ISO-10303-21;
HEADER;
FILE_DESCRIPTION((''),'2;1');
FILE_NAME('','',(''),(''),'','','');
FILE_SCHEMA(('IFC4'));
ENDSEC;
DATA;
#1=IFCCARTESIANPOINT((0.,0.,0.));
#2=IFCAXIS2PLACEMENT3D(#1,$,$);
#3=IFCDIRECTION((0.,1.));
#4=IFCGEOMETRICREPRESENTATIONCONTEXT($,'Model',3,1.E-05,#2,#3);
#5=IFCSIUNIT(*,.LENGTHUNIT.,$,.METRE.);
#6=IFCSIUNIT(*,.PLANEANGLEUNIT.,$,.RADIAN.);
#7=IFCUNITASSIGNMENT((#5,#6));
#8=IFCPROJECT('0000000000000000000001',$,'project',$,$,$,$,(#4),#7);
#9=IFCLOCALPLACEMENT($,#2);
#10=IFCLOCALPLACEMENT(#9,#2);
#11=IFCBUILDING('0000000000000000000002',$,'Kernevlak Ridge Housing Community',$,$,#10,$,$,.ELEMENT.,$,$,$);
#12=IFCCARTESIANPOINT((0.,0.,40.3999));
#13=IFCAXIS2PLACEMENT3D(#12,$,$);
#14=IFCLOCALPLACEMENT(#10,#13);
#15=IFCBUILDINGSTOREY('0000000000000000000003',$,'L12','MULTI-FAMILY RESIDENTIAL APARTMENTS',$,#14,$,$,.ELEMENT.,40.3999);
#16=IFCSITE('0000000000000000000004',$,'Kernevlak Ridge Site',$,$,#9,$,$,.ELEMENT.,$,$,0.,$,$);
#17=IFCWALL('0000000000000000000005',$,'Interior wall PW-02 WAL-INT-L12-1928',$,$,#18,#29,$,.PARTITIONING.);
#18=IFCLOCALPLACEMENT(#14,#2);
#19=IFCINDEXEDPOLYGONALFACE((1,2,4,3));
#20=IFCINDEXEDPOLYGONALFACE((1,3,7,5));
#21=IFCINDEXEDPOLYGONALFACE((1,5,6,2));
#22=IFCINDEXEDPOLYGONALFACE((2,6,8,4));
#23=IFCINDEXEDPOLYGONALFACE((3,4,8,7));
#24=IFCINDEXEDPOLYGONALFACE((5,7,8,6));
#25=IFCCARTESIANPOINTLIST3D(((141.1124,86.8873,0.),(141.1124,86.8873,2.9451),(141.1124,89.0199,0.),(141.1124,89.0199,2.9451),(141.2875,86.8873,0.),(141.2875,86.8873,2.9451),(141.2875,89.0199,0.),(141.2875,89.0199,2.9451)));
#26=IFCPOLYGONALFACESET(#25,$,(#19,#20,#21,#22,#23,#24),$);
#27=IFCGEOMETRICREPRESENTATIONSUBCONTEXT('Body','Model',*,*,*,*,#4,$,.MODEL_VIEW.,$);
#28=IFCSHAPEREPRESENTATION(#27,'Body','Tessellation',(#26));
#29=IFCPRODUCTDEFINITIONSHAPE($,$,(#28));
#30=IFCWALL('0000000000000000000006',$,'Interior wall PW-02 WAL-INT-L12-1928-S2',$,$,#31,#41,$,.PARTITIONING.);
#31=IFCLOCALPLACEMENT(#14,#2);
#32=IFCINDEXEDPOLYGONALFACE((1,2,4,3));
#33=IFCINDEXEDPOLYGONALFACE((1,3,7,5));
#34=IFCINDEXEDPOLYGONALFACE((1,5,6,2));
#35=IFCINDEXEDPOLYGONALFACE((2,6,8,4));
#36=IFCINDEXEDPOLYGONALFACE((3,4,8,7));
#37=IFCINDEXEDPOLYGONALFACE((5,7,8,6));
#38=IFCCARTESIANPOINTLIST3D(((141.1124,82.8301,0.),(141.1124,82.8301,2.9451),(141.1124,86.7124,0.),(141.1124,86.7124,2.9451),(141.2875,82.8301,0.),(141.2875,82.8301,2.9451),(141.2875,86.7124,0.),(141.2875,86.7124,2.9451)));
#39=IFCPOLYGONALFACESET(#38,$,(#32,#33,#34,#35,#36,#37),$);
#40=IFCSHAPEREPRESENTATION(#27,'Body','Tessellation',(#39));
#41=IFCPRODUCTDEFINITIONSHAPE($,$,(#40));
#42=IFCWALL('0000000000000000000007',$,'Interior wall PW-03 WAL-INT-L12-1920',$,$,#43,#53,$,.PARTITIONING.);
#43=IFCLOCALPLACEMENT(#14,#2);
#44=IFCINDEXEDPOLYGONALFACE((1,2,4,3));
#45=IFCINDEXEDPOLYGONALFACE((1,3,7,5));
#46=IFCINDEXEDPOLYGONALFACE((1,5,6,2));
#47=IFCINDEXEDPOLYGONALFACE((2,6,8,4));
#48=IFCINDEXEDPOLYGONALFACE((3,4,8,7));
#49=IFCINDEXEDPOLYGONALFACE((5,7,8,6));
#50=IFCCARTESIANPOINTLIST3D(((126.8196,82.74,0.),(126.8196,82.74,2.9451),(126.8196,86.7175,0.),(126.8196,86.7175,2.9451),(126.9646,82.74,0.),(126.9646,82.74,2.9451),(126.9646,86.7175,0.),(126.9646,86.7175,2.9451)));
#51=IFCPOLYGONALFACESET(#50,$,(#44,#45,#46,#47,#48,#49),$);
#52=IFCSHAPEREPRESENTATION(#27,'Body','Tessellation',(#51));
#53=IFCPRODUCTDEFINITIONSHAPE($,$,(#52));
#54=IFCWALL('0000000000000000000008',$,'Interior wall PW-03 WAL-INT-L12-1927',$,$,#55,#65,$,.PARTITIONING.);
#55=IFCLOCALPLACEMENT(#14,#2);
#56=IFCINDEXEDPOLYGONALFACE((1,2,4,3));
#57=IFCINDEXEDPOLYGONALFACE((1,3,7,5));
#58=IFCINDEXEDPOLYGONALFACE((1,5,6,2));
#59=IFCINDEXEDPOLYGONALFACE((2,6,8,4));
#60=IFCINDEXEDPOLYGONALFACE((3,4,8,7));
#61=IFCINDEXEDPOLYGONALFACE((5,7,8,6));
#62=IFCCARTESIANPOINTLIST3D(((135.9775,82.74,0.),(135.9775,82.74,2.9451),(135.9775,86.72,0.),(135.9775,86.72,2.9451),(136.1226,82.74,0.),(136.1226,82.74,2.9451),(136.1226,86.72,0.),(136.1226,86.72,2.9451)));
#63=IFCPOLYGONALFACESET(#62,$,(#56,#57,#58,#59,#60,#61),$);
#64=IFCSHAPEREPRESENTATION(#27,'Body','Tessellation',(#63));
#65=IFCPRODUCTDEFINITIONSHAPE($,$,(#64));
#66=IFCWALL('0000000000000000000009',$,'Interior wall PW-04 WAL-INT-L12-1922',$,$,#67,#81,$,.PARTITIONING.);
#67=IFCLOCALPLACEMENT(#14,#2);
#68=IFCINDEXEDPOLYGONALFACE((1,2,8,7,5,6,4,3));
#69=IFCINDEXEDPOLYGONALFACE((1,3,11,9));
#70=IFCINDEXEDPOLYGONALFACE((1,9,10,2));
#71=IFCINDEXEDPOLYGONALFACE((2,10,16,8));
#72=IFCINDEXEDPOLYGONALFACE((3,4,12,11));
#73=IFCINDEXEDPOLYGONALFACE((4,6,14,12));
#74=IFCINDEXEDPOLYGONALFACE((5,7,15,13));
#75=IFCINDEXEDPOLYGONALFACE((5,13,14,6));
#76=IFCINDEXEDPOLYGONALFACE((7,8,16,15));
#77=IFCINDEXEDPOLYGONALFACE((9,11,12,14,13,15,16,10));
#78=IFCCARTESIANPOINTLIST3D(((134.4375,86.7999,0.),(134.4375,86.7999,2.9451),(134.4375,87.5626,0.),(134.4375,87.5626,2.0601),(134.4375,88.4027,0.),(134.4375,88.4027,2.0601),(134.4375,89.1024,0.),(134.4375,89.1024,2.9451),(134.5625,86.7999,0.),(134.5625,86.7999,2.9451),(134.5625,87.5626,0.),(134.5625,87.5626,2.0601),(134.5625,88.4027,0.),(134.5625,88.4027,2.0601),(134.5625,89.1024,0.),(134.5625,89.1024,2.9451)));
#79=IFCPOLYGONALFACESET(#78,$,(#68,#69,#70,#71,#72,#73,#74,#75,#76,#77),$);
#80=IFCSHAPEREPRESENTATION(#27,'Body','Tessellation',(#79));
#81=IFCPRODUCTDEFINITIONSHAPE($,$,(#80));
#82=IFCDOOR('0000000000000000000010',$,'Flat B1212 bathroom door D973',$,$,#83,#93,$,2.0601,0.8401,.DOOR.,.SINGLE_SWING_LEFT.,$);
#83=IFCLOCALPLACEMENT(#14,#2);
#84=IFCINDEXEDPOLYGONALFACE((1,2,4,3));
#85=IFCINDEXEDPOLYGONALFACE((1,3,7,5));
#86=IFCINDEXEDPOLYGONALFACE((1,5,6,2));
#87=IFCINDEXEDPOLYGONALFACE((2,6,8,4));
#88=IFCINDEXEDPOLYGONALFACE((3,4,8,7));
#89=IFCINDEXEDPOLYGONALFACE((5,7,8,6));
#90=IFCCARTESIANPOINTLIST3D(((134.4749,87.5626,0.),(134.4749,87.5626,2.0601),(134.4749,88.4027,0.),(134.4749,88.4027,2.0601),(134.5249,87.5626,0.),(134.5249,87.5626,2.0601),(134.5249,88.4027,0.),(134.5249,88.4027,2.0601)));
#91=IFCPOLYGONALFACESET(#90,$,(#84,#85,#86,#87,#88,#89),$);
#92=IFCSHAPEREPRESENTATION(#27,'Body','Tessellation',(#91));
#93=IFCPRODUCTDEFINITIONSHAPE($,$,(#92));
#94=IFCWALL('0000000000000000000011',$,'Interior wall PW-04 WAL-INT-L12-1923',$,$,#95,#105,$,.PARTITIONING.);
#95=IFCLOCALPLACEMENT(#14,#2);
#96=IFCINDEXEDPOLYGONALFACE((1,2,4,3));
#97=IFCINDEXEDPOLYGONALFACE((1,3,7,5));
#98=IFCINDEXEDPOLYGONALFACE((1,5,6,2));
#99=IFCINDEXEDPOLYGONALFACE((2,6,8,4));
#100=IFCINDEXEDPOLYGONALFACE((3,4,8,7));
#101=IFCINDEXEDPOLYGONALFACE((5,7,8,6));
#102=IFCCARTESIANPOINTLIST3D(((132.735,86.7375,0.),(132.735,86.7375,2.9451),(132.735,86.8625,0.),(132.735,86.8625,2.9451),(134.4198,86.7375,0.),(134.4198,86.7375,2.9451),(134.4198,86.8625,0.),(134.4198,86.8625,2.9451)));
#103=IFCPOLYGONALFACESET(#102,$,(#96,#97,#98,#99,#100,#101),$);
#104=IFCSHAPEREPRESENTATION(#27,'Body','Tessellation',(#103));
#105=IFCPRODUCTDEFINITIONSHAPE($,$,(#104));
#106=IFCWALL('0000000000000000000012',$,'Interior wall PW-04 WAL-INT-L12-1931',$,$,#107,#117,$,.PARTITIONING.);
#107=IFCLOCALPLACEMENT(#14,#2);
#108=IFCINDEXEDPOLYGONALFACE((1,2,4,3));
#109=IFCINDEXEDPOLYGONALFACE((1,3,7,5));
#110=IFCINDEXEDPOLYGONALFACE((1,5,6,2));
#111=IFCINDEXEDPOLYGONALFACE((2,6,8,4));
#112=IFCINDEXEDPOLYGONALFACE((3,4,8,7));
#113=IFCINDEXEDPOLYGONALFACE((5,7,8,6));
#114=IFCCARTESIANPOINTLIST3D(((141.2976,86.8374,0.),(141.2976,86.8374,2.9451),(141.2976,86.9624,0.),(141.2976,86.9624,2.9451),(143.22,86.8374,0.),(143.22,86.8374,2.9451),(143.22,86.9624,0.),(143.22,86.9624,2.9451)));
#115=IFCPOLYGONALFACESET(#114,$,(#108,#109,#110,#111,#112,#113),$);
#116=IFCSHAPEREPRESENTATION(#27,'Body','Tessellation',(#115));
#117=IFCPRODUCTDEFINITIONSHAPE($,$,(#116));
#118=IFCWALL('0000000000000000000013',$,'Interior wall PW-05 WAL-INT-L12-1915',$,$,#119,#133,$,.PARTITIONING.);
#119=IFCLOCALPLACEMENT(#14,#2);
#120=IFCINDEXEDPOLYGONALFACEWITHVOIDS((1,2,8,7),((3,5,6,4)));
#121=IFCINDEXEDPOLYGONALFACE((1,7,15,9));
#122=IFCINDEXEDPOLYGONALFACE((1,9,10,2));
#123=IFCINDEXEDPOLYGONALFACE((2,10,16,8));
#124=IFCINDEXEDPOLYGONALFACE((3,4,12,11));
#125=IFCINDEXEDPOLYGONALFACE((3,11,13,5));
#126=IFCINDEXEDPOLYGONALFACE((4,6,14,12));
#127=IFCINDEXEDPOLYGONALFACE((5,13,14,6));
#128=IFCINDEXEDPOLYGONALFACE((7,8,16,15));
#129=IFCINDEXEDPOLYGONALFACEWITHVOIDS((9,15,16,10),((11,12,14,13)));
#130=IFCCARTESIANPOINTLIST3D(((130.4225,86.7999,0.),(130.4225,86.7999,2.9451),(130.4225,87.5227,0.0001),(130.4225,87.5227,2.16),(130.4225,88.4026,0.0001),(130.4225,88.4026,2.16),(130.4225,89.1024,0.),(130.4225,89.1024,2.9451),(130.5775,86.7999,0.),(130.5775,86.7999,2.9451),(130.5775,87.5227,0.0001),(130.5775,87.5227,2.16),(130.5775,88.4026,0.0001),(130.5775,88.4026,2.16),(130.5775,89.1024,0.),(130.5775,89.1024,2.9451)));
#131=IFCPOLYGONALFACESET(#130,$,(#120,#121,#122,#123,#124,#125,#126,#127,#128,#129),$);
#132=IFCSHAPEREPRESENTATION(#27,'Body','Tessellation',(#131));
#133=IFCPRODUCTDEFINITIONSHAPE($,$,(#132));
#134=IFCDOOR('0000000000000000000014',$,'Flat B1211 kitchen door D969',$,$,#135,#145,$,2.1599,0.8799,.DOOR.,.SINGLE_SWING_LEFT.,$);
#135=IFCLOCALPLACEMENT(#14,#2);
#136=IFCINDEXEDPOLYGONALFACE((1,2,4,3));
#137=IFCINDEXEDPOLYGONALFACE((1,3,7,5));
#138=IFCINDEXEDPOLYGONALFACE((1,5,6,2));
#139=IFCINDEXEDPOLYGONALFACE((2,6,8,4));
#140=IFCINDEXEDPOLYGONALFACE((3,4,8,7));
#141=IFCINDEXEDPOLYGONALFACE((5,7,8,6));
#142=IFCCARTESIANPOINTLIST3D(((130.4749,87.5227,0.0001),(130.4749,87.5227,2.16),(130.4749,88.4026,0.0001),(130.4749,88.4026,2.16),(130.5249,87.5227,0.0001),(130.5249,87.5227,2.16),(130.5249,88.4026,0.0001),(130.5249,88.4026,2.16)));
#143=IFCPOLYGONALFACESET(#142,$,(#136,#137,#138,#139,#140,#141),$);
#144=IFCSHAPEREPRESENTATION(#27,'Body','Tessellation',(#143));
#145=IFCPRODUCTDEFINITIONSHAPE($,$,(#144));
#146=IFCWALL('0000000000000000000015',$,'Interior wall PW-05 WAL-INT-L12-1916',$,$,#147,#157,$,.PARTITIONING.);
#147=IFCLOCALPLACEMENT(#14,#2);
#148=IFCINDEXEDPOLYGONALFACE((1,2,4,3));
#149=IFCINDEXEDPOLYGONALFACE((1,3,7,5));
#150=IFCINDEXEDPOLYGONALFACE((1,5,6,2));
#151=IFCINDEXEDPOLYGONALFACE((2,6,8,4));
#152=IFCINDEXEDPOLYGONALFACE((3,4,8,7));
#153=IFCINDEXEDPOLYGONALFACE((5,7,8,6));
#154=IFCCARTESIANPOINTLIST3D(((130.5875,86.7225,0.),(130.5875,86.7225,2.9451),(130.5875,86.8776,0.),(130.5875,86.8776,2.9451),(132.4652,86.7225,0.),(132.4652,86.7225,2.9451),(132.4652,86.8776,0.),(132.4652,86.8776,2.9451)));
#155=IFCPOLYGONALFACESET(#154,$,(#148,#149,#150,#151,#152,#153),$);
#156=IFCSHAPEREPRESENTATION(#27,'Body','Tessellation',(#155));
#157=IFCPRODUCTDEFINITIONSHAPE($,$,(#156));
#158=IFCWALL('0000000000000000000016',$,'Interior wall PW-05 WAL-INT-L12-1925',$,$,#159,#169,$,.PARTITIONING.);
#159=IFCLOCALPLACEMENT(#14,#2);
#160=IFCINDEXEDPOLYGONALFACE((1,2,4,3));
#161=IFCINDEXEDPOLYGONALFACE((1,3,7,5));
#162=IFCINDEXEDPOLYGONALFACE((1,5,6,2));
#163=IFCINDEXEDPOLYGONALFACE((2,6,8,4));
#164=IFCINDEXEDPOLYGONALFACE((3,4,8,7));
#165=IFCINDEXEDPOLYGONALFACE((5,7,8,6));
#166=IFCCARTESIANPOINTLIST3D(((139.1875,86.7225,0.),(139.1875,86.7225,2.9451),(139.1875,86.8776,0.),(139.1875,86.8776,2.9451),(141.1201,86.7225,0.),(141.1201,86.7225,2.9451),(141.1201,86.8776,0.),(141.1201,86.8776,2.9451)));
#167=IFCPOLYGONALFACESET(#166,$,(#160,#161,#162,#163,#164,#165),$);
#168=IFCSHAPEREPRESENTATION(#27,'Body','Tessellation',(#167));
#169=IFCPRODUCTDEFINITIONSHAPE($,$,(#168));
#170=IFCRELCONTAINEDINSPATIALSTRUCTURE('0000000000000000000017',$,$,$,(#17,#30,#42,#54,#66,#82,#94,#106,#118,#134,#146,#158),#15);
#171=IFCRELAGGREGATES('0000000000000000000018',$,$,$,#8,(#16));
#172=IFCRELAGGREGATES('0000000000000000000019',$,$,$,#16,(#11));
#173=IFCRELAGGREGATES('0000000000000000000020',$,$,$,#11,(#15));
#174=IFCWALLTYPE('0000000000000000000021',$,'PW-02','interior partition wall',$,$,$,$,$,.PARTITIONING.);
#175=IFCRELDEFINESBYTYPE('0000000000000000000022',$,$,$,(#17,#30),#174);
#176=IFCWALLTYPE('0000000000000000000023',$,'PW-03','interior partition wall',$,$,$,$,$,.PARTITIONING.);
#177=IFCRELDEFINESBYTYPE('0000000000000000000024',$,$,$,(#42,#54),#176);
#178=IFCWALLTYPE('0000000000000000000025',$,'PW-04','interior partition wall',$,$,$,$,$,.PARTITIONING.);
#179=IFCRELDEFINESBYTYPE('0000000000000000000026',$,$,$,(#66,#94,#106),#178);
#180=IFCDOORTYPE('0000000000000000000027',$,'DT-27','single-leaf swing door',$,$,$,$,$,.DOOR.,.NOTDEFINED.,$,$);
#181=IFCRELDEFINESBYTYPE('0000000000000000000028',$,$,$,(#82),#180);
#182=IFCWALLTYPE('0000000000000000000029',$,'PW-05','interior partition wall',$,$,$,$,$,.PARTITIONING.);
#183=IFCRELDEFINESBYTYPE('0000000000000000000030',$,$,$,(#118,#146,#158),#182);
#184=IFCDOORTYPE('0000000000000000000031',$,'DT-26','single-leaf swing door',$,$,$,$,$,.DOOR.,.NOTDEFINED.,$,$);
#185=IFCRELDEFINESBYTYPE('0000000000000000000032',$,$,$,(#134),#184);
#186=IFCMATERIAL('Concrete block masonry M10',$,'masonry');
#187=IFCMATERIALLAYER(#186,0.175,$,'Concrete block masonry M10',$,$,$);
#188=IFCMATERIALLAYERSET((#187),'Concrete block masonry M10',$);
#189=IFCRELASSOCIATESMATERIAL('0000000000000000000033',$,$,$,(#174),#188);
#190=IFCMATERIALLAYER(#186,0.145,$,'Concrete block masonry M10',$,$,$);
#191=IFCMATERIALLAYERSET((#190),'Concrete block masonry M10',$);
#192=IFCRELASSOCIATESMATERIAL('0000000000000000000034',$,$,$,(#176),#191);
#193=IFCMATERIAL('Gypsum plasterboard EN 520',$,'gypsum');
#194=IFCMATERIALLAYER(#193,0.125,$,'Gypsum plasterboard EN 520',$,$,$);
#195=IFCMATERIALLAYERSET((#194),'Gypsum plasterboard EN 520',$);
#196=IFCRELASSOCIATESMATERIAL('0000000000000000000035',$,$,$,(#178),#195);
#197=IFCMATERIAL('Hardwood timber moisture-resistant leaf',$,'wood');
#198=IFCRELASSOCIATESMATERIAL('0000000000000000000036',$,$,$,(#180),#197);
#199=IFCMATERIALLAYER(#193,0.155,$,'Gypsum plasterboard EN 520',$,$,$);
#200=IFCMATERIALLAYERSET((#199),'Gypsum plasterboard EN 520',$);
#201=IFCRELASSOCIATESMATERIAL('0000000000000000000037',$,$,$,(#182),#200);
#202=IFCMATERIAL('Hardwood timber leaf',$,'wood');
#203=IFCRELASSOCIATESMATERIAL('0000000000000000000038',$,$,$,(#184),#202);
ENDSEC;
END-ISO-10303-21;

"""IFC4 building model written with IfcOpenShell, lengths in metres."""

from ifc_helpers import new_model, si_unit, direction, frame, frame_2d, origin, place, context, subcontext, project, spatial, rectangle, extrude, material, layer, layer_set, type_object, element, fill, save


model = new_model("IFC4")

# Units and contexts
model_context = context("Model", 3, precision=1e-05, world=origin(), true_north=direction((0.0, 1.0)))
body_context = subcontext(model_context, "Body", "Model", "MODEL_VIEW")
ifc_project = project(units=[si_unit("LENGTHUNIT", "METRE"), si_unit("PLANEANGLEUNIT", "RADIAN")], contexts=[model_context])

# Site, building, storey
site_placement = place(None, origin())
site = spatial("IfcSite", under=ifc_project, at=site_placement, Name="Kernevlak Ridge Site", CompositionType="ELEMENT", RefElevation=0.0)
building_placement = place(site_placement, origin())
building = spatial("IfcBuilding", under=site, at=building_placement, Name="Kernevlak Ridge Housing Community", CompositionType="ELEMENT")
storey_placement = place(building_placement, frame((0.0, 0.0, 40.3999)))
storey = spatial("IfcBuildingStorey", under=building, at=storey_placement, Name="L12", Description="MULTI-FAMILY RESIDENTIAL APARTMENTS", CompositionType="ELEMENT", Elevation=40.3999)

# Walls
ifc_material_1 = material(Name="Concrete block masonry M10", Category="masonry")
ifc_layer_1 = layer(ifc_material_1, 0.175, Name="Concrete block masonry M10")
ifc_layer_set_1 = layer_set([ifc_layer_1], Name="Concrete block masonry M10")
wall_type_1 = type_object("IfcWallType", Name="PW-02", Description="interior partition wall", PredefinedType="PARTITIONING", material=ifc_layer_set_1)
wall_1_placement = place(storey_placement, frame((141.2, 89.02, 0.0), z_axis=(0.0, 0.0, 1.0), x_axis=(0.0, -1.0, 0.0)))
element("IfcWall", 1, at=wall_1_placement, inside=storey, type_object=wall_type_1, Name="Interior wall PW-02 WAL-INT-L12-1928", PredefinedType="PARTITIONING", context=body_context, shape_type="SweptSolid", body=[
    extrude(rectangle(XDim=2.1326, YDim=0.175, at=frame_2d((1.0664, 0.0))), origin(), (0.0, 0.0, 1.0), 2.9451),
])
wall_2_placement = place(storey_placement, frame((141.2, 86.7124, 0.0), z_axis=(0.0, 0.0, 1.0), x_axis=(0.0, -1.0, 0.0)))
element("IfcWall", 2, at=wall_2_placement, inside=storey, type_object=wall_type_1, Name="Interior wall PW-02 WAL-INT-L12-1928-S2", PredefinedType="PARTITIONING", context=body_context, shape_type="SweptSolid", body=[
    extrude(rectangle(XDim=3.8823, YDim=0.175, at=frame_2d((1.9412, 0.0))), origin(), (0.0, 0.0, 1.0), 2.9451),
])
ifc_layer_2 = layer(ifc_material_1, 0.145, Name="Concrete block masonry M10")
ifc_layer_set_2 = layer_set([ifc_layer_2], Name="Concrete block masonry M10")
wall_type_2 = type_object("IfcWallType", Name="PW-03", Description="interior partition wall", PredefinedType="PARTITIONING", material=ifc_layer_set_2)
wall_3_placement = place(storey_placement, frame((126.8921, 86.7175, 0.0), z_axis=(0.0, 0.0, 1.0), x_axis=(0.0, -1.0, 0.0)))
element("IfcWall", 3, at=wall_3_placement, inside=storey, type_object=wall_type_2, Name="Interior wall PW-03 WAL-INT-L12-1920", PredefinedType="PARTITIONING", context=body_context, shape_type="SweptSolid", body=[
    extrude(rectangle(XDim=3.9775, YDim=0.145, at=frame_2d((1.9888, 0.0))), origin(), (0.0, 0.0, 1.0), 2.9451),
])
wall_4_placement = place(storey_placement, frame((136.05, 86.72, 0.0), z_axis=(0.0, 0.0, 1.0), x_axis=(0.0, -1.0, 0.0)))
element("IfcWall", 4, at=wall_4_placement, inside=storey, type_object=wall_type_2, Name="Interior wall PW-03 WAL-INT-L12-1927", PredefinedType="PARTITIONING", context=body_context, shape_type="SweptSolid", body=[
    extrude(rectangle(XDim=3.98, YDim=0.145, at=frame_2d((1.99, 0.0))), origin(), (0.0, 0.0, 1.0), 2.9451),
])

# Wall, opening, door
ifc_material_2 = material(Name="Gypsum plasterboard EN 520", Category="gypsum")
ifc_layer_3 = layer(ifc_material_2, 0.125, Name="Gypsum plasterboard EN 520")
ifc_layer_set_3 = layer_set([ifc_layer_3], Name="Gypsum plasterboard EN 520")
wall_type_3 = type_object("IfcWallType", Name="PW-04", Description="interior partition wall", PredefinedType="PARTITIONING", material=ifc_layer_set_3)
wall_5_placement = place(storey_placement, frame((134.5, 89.1025, 0.0), z_axis=(0.0, 0.0, 1.0), x_axis=(0.0, -1.0, 0.0)))
wall_5 = element("IfcWall", 5, at=wall_5_placement, inside=storey, type_object=wall_type_3, Name="Interior wall PW-04 WAL-INT-L12-1922", PredefinedType="PARTITIONING", context=body_context, shape_type="SweptSolid", body=[
    extrude(rectangle(XDim=2.3025, YDim=0.125, at=frame_2d((1.1514, 0.0))), origin(), (0.0, 0.0, 1.0), 2.9451),
])
opening_1_placement = place(wall_5_placement, frame((0.7, 0.0, 0.0)))
opening_1 = element("IfcOpeningElement", 6, at=opening_1_placement, cuts=wall_5, PredefinedType="OPENING", context=body_context, shape_type="SweptSolid", body=[
    extrude(rectangle(XDim=0.8401, YDim=2.0601, at=frame_2d((0.4199, 1.03))), frame((0.0, 0.0725, 0.0), z_axis=(0.0, -1.0, 0.0), x_axis=(1.0, 0.0, 0.0)), (0.0, 0.0, 1.0), 0.145),
])
ifc_material_3 = material(Name="Hardwood timber moisture-resistant leaf", Category="wood")
door_type_1 = type_object("IfcDoorType", Name="DT-27", Description="single-leaf swing door", OperationType="NOTDEFINED", PredefinedType="DOOR", material=ifc_material_3)
door_1_placement = place(opening_1_placement, origin())
door_1 = element("IfcDoor", 7, at=door_1_placement, inside=storey, type_object=door_type_1, Name="Flat B1212 bathroom door D973", OperationType="SINGLE_SWING_LEFT", OverallHeight=2.0601, OverallWidth=0.8401, PredefinedType="DOOR", context=body_context, shape_type="SweptSolid", body=[
    extrude(rectangle(XDim=0.8401, YDim=2.0601, at=frame_2d((0.4199, 1.03))), frame((0.0, 0.0249, 0.0), z_axis=(0.0, -1.0, 0.0), x_axis=(1.0, 0.0, 0.0)), (0.0, 0.0, 1.0), 0.05),
])
fill(opening_1, door_1)

# Walls
wall_6_placement = place(storey_placement, frame((132.7351, 86.8, 0.0), z_axis=(0.0, 0.0, 1.0), x_axis=(1.0, 0.0, 0.0)))
element("IfcWall", 8, at=wall_6_placement, inside=storey, type_object=wall_type_3, Name="Interior wall PW-04 WAL-INT-L12-1923", PredefinedType="PARTITIONING", context=body_context, shape_type="SweptSolid", body=[
    extrude(rectangle(XDim=1.6848, YDim=0.125, at=frame_2d((0.8423, 0.0))), origin(), (0.0, 0.0, 1.0), 2.9451),
])
wall_7_placement = place(storey_placement, frame((141.2976, 86.8999, 0.0), z_axis=(0.0, 0.0, 1.0), x_axis=(1.0, 0.0, 0.0)))
element("IfcWall", 9, at=wall_7_placement, inside=storey, type_object=wall_type_3, Name="Interior wall PW-04 WAL-INT-L12-1931", PredefinedType="PARTITIONING", context=body_context, shape_type="SweptSolid", body=[
    extrude(rectangle(XDim=1.9224, YDim=0.125, at=frame_2d((0.9612, 0.0))), origin(), (0.0, 0.0, 1.0), 2.9451),
])

# Wall, opening, door
ifc_layer_4 = layer(ifc_material_2, 0.155, Name="Gypsum plasterboard EN 520")
ifc_layer_set_4 = layer_set([ifc_layer_4], Name="Gypsum plasterboard EN 520")
wall_type_4 = type_object("IfcWallType", Name="PW-05", Description="interior partition wall", PredefinedType="PARTITIONING", material=ifc_layer_set_4)
wall_8_placement = place(storey_placement, frame((130.5, 89.1025, 0.0), z_axis=(0.0, 0.0, 1.0), x_axis=(0.0, -1.0, 0.0)))
wall_8 = element("IfcWall", 10, at=wall_8_placement, inside=storey, type_object=wall_type_4, Name="Interior wall PW-05 WAL-INT-L12-1915", PredefinedType="PARTITIONING", context=body_context, shape_type="SweptSolid", body=[
    extrude(rectangle(XDim=2.3025, YDim=0.155, at=frame_2d((1.1514, 0.0))), origin(), (0.0, 0.0, 1.0), 2.9451),
])
opening_2_placement = place(wall_8_placement, frame((0.7, 0.0, 0.0)))
opening_2 = element("IfcOpeningElement", 11, at=opening_2_placement, cuts=wall_8, PredefinedType="OPENING", context=body_context, shape_type="SweptSolid", body=[
    extrude(rectangle(XDim=0.8799, YDim=2.1599, at=frame_2d((0.4399, 1.0801))), frame((0.0, 0.0874, 0.0), z_axis=(0.0, -1.0, 0.0), x_axis=(1.0, 0.0, 0.0)), (0.0, 0.0, 1.0), 0.175),
])
ifc_material_4 = material(Name="Hardwood timber leaf", Category="wood")
door_type_2 = type_object("IfcDoorType", Name="DT-26", Description="single-leaf swing door", OperationType="NOTDEFINED", PredefinedType="DOOR", material=ifc_material_4)
door_2_placement = place(opening_2_placement, origin())
door_2 = element("IfcDoor", 12, at=door_2_placement, inside=storey, type_object=door_type_2, Name="Flat B1211 kitchen door D969", OperationType="SINGLE_SWING_LEFT", OverallHeight=2.1599, OverallWidth=0.8799, PredefinedType="DOOR", context=body_context, shape_type="SweptSolid", body=[
    extrude(rectangle(XDim=0.8799, YDim=2.1599, at=frame_2d((0.4399, 1.0801))), frame((0.0, 0.0249, 0.0), z_axis=(0.0, -1.0, 0.0), x_axis=(1.0, 0.0, 0.0)), (0.0, 0.0, 1.0), 0.05),
])
fill(opening_2, door_2)

# Walls
wall_9_placement = place(storey_placement, frame((130.5874, 86.8, 0.0), z_axis=(0.0, 0.0, 1.0), x_axis=(1.0, 0.0, 0.0)))
element("IfcWall", 13, at=wall_9_placement, inside=storey, type_object=wall_type_4, Name="Interior wall PW-05 WAL-INT-L12-1916", PredefinedType="PARTITIONING", context=body_context, shape_type="SweptSolid", body=[
    extrude(rectangle(XDim=1.8777, YDim=0.155, at=frame_2d((0.939, 0.0))), origin(), (0.0, 0.0, 1.0), 2.9451),
])
wall_10_placement = place(storey_placement, frame((139.1875, 86.8, 0.0), z_axis=(0.0, 0.0, 1.0), x_axis=(1.0, 0.0, 0.0)))
element("IfcWall", 14, at=wall_10_placement, inside=storey, type_object=wall_type_4, Name="Interior wall PW-05 WAL-INT-L12-1925", PredefinedType="PARTITIONING", context=body_context, shape_type="SweptSolid", body=[
    extrude(rectangle(XDim=1.9326, YDim=0.155, at=frame_2d((0.9663, 0.0))), origin(), (0.0, 0.0, 1.0), 2.9451),
])

save(model, "model.ifc")
